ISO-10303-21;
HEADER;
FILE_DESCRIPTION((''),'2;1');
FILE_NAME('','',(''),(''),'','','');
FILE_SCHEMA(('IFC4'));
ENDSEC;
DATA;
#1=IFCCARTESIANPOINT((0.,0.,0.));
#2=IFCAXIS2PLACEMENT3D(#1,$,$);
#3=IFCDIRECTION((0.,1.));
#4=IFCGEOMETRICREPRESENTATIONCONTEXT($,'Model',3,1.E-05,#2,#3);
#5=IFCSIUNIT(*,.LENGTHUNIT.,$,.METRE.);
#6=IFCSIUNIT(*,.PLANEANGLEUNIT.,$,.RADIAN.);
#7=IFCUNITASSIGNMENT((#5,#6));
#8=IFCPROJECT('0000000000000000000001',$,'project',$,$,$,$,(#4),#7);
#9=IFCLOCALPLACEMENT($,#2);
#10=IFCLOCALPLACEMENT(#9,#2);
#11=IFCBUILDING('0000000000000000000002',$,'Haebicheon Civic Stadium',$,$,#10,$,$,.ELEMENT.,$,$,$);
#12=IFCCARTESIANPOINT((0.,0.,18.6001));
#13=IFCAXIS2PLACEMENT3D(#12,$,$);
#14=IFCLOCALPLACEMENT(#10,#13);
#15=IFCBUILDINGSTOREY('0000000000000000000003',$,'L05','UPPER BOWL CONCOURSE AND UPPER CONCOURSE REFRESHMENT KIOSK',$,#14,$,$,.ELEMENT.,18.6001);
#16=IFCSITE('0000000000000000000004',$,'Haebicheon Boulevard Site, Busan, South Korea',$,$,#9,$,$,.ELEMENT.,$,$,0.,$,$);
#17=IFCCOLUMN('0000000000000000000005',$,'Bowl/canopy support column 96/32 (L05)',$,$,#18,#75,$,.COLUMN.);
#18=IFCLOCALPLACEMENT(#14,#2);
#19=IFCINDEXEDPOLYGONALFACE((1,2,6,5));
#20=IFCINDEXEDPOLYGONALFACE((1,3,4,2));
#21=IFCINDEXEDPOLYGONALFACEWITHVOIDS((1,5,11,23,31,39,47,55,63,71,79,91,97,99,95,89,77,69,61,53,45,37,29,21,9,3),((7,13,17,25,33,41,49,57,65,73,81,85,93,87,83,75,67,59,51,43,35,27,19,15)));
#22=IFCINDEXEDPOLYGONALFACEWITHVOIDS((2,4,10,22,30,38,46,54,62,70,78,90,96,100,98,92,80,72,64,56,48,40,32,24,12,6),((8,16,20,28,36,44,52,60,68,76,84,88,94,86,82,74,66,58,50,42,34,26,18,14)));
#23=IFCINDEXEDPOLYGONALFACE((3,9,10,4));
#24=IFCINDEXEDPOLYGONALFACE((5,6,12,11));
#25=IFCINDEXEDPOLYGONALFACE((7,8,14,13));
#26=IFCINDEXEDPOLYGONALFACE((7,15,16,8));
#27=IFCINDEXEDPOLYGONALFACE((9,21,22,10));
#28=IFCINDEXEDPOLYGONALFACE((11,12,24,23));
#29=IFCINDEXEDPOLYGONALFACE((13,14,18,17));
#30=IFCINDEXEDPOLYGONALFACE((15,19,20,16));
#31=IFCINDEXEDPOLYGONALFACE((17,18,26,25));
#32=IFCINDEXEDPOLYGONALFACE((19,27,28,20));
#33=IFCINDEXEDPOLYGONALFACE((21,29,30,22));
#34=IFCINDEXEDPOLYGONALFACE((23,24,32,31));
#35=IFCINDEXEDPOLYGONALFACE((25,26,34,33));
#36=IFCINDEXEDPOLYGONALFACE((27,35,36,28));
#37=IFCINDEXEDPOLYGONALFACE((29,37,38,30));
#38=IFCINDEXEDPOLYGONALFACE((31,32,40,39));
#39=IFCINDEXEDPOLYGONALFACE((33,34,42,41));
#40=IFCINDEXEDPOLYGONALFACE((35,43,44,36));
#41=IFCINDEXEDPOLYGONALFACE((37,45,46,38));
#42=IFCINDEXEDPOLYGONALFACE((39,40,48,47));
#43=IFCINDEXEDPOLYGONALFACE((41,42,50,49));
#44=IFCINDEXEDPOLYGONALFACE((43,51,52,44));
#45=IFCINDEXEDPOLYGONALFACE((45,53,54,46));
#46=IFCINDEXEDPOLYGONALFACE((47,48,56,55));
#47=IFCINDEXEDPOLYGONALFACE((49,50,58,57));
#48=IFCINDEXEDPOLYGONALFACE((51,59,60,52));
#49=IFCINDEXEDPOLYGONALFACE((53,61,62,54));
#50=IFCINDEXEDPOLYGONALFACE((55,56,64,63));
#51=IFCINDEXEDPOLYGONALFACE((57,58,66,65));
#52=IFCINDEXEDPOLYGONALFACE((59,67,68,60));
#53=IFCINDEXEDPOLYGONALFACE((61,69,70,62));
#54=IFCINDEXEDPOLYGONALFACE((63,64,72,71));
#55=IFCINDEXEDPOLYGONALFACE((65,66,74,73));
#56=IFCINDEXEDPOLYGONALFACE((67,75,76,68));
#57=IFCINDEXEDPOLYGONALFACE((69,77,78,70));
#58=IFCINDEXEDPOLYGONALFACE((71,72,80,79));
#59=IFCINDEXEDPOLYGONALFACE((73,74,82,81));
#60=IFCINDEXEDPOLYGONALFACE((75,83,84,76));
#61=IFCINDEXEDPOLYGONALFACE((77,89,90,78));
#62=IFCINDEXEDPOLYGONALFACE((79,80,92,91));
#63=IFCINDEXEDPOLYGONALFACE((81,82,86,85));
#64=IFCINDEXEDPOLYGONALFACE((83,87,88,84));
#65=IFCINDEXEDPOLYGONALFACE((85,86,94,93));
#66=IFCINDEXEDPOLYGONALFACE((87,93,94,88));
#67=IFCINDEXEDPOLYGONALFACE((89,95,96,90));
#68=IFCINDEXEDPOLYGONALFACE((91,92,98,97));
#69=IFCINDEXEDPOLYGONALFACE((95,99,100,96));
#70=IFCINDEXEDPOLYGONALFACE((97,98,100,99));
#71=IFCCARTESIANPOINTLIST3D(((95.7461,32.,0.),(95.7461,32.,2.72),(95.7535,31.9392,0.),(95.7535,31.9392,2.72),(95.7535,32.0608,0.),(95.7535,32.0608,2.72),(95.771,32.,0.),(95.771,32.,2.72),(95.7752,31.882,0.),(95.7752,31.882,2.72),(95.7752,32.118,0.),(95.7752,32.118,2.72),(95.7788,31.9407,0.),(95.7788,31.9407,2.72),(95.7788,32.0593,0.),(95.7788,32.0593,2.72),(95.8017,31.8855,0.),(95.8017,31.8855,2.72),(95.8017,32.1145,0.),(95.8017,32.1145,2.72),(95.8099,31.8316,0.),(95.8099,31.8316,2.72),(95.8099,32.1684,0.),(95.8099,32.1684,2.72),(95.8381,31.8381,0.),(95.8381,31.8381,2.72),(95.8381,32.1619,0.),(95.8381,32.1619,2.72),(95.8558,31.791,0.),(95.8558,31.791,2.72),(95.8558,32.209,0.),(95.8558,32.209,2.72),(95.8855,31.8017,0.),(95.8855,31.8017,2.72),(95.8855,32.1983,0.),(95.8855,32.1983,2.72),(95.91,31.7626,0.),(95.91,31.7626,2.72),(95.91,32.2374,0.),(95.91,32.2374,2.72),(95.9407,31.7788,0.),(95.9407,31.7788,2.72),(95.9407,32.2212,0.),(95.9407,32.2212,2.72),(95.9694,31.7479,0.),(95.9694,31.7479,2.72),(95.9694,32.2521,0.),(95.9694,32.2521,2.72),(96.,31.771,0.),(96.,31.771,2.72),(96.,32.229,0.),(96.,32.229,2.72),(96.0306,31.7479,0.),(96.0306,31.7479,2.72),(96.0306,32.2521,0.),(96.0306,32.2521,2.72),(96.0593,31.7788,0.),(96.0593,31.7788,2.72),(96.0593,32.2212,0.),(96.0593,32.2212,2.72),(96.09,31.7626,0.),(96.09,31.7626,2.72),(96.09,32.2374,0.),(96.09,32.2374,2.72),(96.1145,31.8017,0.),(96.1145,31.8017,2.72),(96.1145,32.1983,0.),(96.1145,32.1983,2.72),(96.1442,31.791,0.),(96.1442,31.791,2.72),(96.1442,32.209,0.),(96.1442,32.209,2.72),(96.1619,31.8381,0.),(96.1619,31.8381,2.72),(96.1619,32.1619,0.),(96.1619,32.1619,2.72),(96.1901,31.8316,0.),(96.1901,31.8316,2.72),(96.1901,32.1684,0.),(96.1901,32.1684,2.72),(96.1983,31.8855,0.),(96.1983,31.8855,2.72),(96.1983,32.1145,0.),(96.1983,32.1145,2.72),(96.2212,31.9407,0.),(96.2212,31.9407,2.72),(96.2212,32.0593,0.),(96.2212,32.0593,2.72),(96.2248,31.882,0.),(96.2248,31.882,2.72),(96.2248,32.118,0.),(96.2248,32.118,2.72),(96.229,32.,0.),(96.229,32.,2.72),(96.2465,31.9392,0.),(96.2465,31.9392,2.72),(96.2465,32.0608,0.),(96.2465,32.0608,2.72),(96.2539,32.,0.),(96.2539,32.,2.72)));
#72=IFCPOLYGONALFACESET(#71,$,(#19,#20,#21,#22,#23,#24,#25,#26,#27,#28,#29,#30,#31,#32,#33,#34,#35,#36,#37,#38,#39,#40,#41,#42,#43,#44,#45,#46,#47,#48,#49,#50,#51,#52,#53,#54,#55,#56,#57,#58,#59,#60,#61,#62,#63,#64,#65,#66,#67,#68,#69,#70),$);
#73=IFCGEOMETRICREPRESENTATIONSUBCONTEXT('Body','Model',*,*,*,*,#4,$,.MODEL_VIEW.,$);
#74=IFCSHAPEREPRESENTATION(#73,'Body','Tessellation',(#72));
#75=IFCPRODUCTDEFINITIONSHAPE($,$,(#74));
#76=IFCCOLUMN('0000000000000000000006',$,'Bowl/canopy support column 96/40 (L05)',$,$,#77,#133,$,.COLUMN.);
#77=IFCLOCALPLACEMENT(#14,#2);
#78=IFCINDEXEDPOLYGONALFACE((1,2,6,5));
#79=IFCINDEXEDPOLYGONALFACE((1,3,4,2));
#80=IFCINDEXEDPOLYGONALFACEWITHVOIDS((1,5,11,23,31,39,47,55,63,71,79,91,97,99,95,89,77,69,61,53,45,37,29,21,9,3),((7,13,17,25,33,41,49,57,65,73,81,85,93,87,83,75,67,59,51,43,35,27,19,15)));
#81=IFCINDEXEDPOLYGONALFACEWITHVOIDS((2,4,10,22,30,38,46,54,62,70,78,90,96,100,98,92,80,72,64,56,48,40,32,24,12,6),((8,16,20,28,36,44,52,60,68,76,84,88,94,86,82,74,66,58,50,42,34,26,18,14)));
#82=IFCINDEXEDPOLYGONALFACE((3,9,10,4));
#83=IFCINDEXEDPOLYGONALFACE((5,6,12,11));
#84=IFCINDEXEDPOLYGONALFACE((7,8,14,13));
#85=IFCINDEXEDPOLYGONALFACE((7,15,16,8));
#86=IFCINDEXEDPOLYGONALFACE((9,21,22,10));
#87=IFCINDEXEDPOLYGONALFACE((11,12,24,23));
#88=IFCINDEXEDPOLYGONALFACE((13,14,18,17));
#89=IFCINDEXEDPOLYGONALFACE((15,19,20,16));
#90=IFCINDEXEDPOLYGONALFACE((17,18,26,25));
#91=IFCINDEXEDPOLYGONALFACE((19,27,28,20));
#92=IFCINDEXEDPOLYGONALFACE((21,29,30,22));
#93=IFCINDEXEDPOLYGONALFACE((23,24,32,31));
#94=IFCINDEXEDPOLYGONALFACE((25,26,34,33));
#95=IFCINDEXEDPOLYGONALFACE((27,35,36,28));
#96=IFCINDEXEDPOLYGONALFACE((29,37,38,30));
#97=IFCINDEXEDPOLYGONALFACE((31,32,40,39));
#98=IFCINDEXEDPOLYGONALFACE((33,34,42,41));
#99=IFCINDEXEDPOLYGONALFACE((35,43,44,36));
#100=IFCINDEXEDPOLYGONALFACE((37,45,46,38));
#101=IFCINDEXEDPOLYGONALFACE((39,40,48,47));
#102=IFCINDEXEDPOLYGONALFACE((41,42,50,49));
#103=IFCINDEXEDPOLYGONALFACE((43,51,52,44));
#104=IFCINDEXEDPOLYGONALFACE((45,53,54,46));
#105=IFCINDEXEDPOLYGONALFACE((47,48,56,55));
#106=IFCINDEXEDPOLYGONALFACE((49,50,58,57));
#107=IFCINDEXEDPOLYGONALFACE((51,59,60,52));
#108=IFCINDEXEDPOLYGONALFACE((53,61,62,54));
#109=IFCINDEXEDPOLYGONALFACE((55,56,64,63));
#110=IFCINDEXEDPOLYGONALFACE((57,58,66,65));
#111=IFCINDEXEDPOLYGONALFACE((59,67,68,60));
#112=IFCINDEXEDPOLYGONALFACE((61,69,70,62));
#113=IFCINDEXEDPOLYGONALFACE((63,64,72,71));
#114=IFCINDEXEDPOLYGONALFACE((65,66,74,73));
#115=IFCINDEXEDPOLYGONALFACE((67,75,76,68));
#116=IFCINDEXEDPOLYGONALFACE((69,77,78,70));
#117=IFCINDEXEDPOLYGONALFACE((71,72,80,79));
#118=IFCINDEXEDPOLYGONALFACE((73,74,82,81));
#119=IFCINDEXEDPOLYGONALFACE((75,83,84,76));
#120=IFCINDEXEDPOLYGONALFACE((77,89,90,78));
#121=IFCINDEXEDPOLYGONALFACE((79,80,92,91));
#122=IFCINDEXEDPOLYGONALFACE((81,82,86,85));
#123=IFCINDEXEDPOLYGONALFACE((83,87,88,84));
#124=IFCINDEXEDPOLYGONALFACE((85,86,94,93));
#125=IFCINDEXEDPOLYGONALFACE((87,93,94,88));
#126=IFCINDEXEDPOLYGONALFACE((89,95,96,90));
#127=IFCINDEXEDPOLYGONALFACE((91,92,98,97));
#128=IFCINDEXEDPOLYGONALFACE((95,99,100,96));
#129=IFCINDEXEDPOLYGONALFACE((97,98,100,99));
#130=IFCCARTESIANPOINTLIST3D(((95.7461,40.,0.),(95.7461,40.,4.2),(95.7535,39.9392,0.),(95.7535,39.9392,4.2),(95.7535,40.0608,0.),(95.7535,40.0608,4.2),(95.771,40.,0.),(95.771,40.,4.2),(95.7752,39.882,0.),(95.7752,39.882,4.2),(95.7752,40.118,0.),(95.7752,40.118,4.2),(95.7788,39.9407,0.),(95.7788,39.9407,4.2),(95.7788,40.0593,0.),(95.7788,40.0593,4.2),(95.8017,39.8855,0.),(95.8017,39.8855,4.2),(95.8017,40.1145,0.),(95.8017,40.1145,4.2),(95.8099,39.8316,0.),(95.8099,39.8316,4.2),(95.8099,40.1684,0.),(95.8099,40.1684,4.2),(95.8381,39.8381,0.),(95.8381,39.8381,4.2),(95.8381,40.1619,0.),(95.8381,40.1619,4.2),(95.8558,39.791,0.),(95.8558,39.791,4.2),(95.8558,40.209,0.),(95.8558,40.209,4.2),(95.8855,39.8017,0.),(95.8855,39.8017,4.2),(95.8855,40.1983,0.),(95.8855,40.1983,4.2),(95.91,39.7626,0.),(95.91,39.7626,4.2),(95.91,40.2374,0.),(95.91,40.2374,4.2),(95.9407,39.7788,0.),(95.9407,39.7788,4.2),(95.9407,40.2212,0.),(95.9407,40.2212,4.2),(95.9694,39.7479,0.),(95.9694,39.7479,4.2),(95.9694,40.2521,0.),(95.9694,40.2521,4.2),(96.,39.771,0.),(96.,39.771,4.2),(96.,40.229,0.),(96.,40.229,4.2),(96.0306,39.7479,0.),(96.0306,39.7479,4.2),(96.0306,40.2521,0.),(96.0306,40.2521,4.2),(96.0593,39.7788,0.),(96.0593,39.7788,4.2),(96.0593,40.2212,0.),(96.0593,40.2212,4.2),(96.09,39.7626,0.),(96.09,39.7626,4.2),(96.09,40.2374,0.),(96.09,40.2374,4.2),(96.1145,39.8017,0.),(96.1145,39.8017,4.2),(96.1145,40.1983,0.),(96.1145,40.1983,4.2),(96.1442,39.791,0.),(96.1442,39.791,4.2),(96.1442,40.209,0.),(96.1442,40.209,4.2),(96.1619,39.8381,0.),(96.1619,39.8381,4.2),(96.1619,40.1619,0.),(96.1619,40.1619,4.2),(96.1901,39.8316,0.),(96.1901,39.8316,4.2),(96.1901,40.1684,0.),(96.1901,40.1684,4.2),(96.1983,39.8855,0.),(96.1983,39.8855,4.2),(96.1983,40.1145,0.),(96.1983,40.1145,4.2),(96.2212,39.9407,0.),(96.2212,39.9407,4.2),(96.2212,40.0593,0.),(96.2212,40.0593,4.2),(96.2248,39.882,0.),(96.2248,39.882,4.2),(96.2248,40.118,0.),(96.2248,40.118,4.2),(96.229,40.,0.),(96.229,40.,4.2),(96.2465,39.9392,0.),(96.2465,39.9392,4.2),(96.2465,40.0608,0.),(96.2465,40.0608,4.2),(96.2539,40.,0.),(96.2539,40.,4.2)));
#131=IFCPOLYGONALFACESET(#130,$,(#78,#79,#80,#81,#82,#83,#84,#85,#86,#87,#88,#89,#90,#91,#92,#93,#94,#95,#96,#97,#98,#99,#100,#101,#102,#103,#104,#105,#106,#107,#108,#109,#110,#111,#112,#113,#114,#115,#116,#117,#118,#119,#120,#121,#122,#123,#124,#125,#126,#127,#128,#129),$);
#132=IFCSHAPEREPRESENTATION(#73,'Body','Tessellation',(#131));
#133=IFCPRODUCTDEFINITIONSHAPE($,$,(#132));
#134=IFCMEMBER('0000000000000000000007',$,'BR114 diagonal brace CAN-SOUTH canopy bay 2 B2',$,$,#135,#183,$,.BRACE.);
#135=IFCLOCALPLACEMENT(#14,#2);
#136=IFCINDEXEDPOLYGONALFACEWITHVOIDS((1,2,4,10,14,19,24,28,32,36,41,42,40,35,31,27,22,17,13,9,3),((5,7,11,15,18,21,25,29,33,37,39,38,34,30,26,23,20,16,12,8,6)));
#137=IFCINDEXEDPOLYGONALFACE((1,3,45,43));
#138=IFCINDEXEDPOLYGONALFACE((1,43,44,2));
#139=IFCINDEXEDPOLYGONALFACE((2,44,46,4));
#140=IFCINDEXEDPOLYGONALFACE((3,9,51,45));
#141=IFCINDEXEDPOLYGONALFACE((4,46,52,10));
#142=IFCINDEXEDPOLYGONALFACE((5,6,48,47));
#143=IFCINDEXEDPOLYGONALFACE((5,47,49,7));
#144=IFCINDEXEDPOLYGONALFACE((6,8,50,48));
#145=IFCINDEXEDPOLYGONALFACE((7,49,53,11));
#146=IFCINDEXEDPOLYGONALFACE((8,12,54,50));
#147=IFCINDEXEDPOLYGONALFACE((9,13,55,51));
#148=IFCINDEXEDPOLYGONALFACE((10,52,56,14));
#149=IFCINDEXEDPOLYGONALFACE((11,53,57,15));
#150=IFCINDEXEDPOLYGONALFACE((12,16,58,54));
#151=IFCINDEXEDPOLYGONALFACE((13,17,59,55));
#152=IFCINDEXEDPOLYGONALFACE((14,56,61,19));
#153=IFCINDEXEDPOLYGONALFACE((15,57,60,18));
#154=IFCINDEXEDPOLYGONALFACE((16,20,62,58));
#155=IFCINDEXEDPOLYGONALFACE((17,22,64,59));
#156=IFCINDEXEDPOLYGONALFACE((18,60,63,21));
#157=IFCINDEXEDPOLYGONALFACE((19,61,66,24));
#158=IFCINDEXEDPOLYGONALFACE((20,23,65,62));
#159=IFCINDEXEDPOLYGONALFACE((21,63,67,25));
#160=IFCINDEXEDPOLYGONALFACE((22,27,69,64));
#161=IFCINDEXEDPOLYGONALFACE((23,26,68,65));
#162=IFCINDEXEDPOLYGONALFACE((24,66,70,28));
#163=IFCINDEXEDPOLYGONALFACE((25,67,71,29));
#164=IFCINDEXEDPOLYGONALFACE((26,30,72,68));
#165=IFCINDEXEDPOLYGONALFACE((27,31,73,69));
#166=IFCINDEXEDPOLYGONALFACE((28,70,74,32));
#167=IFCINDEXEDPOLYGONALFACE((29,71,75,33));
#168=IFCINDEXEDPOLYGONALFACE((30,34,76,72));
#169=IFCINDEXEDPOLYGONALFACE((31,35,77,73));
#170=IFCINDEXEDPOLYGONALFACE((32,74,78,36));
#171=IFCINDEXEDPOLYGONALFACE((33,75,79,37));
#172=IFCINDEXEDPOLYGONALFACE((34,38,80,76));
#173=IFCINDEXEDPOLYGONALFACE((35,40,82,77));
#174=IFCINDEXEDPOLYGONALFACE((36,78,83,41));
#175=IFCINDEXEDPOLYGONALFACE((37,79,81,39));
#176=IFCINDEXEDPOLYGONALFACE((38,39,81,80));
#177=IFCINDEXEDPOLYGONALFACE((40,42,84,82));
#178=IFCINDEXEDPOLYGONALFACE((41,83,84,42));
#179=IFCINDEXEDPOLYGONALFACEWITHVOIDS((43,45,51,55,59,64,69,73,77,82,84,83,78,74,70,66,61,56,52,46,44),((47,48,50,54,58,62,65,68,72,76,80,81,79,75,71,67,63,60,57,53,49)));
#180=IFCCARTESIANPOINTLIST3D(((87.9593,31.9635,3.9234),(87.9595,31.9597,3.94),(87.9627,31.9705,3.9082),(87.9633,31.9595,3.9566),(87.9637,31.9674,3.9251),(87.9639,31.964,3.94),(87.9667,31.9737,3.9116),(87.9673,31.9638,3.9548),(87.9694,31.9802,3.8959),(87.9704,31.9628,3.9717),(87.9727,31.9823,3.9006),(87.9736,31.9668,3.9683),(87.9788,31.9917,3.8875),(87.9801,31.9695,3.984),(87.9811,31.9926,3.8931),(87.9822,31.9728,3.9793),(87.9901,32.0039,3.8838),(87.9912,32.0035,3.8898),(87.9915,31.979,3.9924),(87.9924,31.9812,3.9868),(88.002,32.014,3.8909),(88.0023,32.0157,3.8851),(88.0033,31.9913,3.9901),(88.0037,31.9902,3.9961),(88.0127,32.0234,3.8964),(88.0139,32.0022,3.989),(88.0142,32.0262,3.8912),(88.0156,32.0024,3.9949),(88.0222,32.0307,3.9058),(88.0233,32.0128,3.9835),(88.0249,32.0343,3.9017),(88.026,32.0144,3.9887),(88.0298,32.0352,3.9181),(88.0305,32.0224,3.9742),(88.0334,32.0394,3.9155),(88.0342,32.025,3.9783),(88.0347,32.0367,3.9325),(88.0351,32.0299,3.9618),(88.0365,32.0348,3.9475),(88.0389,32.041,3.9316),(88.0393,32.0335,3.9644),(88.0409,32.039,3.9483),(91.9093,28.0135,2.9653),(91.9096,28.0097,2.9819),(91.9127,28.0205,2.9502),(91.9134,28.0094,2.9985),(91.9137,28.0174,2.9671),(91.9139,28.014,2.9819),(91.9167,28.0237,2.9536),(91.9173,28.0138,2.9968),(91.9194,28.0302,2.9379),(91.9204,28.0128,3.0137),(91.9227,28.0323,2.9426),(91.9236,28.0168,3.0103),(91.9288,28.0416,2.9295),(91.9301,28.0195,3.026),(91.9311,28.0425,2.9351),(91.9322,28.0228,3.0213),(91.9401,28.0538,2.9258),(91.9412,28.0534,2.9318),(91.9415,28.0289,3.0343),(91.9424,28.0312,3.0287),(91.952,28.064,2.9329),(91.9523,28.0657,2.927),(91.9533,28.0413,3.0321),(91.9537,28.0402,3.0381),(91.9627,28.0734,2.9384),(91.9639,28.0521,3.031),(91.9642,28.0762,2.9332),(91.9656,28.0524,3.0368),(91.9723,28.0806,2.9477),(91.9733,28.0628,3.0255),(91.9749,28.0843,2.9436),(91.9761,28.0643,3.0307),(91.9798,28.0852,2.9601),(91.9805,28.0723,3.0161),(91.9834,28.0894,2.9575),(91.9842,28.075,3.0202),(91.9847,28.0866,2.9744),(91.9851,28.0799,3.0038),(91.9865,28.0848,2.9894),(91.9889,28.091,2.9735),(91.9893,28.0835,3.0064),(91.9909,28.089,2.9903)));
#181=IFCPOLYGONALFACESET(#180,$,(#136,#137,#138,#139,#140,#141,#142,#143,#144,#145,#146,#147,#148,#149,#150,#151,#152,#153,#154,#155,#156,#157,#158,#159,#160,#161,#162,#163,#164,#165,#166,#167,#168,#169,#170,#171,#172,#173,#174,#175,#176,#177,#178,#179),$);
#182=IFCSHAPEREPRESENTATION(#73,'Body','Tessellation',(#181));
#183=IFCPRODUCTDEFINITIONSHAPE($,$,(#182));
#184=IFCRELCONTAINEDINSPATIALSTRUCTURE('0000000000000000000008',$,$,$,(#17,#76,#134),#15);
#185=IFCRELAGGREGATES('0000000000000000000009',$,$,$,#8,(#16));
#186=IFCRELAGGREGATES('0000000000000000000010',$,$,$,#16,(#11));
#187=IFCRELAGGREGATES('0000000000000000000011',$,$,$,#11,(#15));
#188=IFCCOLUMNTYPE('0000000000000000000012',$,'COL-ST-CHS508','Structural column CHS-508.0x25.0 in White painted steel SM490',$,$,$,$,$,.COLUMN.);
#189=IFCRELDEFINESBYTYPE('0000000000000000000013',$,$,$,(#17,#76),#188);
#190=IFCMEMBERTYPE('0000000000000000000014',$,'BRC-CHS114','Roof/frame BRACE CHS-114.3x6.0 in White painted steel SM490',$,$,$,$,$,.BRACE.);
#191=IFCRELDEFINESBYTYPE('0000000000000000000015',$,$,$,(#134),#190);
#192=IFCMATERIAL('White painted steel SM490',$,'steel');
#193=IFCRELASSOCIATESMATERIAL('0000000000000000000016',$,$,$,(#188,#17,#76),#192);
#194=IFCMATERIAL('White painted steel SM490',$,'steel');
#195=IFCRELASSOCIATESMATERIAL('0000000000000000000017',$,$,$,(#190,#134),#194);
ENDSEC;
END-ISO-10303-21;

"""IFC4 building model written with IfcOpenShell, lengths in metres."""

from ifc_helpers import new_model, si_unit, direction, frame, origin, origin_2d, place, context, subcontext, project, spatial, hollow_circle, extrude, material, material_profile, profile_set, type_object, element, save


model = new_model("IFC4")

# Units and contexts
model_context = context("Model", 3, precision=1e-05, world=origin(), true_north=direction((0.0, 1.0)))
body_context = subcontext(model_context, "Body", "Model", "MODEL_VIEW")
ifc_project = project(units=[si_unit("LENGTHUNIT", "METRE"), si_unit("PLANEANGLEUNIT", "RADIAN")], contexts=[model_context])

# Site, building, storey
site_placement = place(None, origin())
site = spatial("IfcSite", under=ifc_project, at=site_placement, Name="Haebicheon Boulevard Site, Busan, South Korea", CompositionType="ELEMENT", RefElevation=0.0)
building_placement = place(site_placement, origin())
building = spatial("IfcBuilding", under=site, at=building_placement, Name="Haebicheon Civic Stadium", CompositionType="ELEMENT")
storey_placement = place(building_placement, frame((0.0, 0.0, 18.6001)))
storey = spatial("IfcBuildingStorey", under=building, at=storey_placement, Name="L05", Description="UPPER BOWL CONCOURSE AND UPPER CONCOURSE REFRESHMENT KIOSK", CompositionType="ELEMENT", Elevation=18.6001)

# Columns
ifc_material_1 = material(Name="White painted steel SM490", Category="steel")
ifc_material_profile_1 = material_profile(ifc_material_1, hollow_circle(Radius=0.2539, WallThickness=0.0249, at=origin_2d()), Name="CHS-508.0x25.0")
ifc_profile_set_1 = profile_set([ifc_material_profile_1], Name="White painted steel SM490")
column_type = type_object("IfcColumnType", Name="COL-ST-CHS508", Description="Structural column CHS-508.0x25.0 in White painted steel SM490", PredefinedType="COLUMN", material=ifc_profile_set_1)
column_1_placement = place(storey_placement, frame((96.0, 32.0, 0.0), z_axis=(0.0, 0.0, 1.0), x_axis=(1.0, 0.0, 0.0)))
element("IfcColumn", 1, at=column_1_placement, inside=storey, type_object=column_type, material=ifc_profile_set_1, Name="Bowl/canopy support column 96/32 (L05)", PredefinedType="COLUMN", context=body_context, shape_type="SweptSolid", body=[
    extrude(hollow_circle(Radius=0.2539, WallThickness=0.0249, at=origin_2d()), origin(), (0.0, 0.0, 1.0), 2.72),
])
column_2_placement = place(storey_placement, frame((96.0, 40.0, 0.0), z_axis=(0.0, 0.0, 1.0), x_axis=(1.0, 0.0, 0.0)))
element("IfcColumn", 2, at=column_2_placement, inside=storey, type_object=column_type, material=ifc_profile_set_1, Name="Bowl/canopy support column 96/40 (L05)", PredefinedType="COLUMN", context=body_context, shape_type="SweptSolid", body=[
    extrude(hollow_circle(Radius=0.2539, WallThickness=0.0249, at=origin_2d()), origin(), (0.0, 0.0, 1.0), 4.2),
])

# Member
ifc_material_2 = material(Name="White painted steel SM490", Category="steel")
ifc_material_profile_2 = material_profile(ifc_material_2, hollow_circle(Radius=0.0571, WallThickness=0.0061, at=origin_2d()), Name="CHS-114.3x6.0")
ifc_profile_set_2 = profile_set([ifc_material_profile_2], Name="White painted steel SM490")
member_type_1 = type_object("IfcMemberType", Name="BRC-CHS114", Description="Roof/frame BRACE CHS-114.3x6.0 in White painted steel SM490", PredefinedType="BRACE", material=ifc_profile_set_2)
member_1_placement = place(storey_placement, frame((91.95, 28.05, 2.9819), z_axis=(-0.696932, 0.696932, 0.169032), x_axis=(-0.707107, -0.707107, 0.0)))
element("IfcMember", 3, at=member_1_placement, inside=storey, type_object=member_type_1, material=ifc_profile_set_2, Name="BR114 diagonal brace CAN-SOUTH canopy bay 2 B2", PredefinedType="BRACE", context=body_context, shape_type="SweptSolid", body=[
    extrude(hollow_circle(Radius=0.0571, WallThickness=0.0061, at=origin_2d()), origin(), (0.0, 0.0, 1.0), 5.6677),
])

save(model, "model.ifc")
